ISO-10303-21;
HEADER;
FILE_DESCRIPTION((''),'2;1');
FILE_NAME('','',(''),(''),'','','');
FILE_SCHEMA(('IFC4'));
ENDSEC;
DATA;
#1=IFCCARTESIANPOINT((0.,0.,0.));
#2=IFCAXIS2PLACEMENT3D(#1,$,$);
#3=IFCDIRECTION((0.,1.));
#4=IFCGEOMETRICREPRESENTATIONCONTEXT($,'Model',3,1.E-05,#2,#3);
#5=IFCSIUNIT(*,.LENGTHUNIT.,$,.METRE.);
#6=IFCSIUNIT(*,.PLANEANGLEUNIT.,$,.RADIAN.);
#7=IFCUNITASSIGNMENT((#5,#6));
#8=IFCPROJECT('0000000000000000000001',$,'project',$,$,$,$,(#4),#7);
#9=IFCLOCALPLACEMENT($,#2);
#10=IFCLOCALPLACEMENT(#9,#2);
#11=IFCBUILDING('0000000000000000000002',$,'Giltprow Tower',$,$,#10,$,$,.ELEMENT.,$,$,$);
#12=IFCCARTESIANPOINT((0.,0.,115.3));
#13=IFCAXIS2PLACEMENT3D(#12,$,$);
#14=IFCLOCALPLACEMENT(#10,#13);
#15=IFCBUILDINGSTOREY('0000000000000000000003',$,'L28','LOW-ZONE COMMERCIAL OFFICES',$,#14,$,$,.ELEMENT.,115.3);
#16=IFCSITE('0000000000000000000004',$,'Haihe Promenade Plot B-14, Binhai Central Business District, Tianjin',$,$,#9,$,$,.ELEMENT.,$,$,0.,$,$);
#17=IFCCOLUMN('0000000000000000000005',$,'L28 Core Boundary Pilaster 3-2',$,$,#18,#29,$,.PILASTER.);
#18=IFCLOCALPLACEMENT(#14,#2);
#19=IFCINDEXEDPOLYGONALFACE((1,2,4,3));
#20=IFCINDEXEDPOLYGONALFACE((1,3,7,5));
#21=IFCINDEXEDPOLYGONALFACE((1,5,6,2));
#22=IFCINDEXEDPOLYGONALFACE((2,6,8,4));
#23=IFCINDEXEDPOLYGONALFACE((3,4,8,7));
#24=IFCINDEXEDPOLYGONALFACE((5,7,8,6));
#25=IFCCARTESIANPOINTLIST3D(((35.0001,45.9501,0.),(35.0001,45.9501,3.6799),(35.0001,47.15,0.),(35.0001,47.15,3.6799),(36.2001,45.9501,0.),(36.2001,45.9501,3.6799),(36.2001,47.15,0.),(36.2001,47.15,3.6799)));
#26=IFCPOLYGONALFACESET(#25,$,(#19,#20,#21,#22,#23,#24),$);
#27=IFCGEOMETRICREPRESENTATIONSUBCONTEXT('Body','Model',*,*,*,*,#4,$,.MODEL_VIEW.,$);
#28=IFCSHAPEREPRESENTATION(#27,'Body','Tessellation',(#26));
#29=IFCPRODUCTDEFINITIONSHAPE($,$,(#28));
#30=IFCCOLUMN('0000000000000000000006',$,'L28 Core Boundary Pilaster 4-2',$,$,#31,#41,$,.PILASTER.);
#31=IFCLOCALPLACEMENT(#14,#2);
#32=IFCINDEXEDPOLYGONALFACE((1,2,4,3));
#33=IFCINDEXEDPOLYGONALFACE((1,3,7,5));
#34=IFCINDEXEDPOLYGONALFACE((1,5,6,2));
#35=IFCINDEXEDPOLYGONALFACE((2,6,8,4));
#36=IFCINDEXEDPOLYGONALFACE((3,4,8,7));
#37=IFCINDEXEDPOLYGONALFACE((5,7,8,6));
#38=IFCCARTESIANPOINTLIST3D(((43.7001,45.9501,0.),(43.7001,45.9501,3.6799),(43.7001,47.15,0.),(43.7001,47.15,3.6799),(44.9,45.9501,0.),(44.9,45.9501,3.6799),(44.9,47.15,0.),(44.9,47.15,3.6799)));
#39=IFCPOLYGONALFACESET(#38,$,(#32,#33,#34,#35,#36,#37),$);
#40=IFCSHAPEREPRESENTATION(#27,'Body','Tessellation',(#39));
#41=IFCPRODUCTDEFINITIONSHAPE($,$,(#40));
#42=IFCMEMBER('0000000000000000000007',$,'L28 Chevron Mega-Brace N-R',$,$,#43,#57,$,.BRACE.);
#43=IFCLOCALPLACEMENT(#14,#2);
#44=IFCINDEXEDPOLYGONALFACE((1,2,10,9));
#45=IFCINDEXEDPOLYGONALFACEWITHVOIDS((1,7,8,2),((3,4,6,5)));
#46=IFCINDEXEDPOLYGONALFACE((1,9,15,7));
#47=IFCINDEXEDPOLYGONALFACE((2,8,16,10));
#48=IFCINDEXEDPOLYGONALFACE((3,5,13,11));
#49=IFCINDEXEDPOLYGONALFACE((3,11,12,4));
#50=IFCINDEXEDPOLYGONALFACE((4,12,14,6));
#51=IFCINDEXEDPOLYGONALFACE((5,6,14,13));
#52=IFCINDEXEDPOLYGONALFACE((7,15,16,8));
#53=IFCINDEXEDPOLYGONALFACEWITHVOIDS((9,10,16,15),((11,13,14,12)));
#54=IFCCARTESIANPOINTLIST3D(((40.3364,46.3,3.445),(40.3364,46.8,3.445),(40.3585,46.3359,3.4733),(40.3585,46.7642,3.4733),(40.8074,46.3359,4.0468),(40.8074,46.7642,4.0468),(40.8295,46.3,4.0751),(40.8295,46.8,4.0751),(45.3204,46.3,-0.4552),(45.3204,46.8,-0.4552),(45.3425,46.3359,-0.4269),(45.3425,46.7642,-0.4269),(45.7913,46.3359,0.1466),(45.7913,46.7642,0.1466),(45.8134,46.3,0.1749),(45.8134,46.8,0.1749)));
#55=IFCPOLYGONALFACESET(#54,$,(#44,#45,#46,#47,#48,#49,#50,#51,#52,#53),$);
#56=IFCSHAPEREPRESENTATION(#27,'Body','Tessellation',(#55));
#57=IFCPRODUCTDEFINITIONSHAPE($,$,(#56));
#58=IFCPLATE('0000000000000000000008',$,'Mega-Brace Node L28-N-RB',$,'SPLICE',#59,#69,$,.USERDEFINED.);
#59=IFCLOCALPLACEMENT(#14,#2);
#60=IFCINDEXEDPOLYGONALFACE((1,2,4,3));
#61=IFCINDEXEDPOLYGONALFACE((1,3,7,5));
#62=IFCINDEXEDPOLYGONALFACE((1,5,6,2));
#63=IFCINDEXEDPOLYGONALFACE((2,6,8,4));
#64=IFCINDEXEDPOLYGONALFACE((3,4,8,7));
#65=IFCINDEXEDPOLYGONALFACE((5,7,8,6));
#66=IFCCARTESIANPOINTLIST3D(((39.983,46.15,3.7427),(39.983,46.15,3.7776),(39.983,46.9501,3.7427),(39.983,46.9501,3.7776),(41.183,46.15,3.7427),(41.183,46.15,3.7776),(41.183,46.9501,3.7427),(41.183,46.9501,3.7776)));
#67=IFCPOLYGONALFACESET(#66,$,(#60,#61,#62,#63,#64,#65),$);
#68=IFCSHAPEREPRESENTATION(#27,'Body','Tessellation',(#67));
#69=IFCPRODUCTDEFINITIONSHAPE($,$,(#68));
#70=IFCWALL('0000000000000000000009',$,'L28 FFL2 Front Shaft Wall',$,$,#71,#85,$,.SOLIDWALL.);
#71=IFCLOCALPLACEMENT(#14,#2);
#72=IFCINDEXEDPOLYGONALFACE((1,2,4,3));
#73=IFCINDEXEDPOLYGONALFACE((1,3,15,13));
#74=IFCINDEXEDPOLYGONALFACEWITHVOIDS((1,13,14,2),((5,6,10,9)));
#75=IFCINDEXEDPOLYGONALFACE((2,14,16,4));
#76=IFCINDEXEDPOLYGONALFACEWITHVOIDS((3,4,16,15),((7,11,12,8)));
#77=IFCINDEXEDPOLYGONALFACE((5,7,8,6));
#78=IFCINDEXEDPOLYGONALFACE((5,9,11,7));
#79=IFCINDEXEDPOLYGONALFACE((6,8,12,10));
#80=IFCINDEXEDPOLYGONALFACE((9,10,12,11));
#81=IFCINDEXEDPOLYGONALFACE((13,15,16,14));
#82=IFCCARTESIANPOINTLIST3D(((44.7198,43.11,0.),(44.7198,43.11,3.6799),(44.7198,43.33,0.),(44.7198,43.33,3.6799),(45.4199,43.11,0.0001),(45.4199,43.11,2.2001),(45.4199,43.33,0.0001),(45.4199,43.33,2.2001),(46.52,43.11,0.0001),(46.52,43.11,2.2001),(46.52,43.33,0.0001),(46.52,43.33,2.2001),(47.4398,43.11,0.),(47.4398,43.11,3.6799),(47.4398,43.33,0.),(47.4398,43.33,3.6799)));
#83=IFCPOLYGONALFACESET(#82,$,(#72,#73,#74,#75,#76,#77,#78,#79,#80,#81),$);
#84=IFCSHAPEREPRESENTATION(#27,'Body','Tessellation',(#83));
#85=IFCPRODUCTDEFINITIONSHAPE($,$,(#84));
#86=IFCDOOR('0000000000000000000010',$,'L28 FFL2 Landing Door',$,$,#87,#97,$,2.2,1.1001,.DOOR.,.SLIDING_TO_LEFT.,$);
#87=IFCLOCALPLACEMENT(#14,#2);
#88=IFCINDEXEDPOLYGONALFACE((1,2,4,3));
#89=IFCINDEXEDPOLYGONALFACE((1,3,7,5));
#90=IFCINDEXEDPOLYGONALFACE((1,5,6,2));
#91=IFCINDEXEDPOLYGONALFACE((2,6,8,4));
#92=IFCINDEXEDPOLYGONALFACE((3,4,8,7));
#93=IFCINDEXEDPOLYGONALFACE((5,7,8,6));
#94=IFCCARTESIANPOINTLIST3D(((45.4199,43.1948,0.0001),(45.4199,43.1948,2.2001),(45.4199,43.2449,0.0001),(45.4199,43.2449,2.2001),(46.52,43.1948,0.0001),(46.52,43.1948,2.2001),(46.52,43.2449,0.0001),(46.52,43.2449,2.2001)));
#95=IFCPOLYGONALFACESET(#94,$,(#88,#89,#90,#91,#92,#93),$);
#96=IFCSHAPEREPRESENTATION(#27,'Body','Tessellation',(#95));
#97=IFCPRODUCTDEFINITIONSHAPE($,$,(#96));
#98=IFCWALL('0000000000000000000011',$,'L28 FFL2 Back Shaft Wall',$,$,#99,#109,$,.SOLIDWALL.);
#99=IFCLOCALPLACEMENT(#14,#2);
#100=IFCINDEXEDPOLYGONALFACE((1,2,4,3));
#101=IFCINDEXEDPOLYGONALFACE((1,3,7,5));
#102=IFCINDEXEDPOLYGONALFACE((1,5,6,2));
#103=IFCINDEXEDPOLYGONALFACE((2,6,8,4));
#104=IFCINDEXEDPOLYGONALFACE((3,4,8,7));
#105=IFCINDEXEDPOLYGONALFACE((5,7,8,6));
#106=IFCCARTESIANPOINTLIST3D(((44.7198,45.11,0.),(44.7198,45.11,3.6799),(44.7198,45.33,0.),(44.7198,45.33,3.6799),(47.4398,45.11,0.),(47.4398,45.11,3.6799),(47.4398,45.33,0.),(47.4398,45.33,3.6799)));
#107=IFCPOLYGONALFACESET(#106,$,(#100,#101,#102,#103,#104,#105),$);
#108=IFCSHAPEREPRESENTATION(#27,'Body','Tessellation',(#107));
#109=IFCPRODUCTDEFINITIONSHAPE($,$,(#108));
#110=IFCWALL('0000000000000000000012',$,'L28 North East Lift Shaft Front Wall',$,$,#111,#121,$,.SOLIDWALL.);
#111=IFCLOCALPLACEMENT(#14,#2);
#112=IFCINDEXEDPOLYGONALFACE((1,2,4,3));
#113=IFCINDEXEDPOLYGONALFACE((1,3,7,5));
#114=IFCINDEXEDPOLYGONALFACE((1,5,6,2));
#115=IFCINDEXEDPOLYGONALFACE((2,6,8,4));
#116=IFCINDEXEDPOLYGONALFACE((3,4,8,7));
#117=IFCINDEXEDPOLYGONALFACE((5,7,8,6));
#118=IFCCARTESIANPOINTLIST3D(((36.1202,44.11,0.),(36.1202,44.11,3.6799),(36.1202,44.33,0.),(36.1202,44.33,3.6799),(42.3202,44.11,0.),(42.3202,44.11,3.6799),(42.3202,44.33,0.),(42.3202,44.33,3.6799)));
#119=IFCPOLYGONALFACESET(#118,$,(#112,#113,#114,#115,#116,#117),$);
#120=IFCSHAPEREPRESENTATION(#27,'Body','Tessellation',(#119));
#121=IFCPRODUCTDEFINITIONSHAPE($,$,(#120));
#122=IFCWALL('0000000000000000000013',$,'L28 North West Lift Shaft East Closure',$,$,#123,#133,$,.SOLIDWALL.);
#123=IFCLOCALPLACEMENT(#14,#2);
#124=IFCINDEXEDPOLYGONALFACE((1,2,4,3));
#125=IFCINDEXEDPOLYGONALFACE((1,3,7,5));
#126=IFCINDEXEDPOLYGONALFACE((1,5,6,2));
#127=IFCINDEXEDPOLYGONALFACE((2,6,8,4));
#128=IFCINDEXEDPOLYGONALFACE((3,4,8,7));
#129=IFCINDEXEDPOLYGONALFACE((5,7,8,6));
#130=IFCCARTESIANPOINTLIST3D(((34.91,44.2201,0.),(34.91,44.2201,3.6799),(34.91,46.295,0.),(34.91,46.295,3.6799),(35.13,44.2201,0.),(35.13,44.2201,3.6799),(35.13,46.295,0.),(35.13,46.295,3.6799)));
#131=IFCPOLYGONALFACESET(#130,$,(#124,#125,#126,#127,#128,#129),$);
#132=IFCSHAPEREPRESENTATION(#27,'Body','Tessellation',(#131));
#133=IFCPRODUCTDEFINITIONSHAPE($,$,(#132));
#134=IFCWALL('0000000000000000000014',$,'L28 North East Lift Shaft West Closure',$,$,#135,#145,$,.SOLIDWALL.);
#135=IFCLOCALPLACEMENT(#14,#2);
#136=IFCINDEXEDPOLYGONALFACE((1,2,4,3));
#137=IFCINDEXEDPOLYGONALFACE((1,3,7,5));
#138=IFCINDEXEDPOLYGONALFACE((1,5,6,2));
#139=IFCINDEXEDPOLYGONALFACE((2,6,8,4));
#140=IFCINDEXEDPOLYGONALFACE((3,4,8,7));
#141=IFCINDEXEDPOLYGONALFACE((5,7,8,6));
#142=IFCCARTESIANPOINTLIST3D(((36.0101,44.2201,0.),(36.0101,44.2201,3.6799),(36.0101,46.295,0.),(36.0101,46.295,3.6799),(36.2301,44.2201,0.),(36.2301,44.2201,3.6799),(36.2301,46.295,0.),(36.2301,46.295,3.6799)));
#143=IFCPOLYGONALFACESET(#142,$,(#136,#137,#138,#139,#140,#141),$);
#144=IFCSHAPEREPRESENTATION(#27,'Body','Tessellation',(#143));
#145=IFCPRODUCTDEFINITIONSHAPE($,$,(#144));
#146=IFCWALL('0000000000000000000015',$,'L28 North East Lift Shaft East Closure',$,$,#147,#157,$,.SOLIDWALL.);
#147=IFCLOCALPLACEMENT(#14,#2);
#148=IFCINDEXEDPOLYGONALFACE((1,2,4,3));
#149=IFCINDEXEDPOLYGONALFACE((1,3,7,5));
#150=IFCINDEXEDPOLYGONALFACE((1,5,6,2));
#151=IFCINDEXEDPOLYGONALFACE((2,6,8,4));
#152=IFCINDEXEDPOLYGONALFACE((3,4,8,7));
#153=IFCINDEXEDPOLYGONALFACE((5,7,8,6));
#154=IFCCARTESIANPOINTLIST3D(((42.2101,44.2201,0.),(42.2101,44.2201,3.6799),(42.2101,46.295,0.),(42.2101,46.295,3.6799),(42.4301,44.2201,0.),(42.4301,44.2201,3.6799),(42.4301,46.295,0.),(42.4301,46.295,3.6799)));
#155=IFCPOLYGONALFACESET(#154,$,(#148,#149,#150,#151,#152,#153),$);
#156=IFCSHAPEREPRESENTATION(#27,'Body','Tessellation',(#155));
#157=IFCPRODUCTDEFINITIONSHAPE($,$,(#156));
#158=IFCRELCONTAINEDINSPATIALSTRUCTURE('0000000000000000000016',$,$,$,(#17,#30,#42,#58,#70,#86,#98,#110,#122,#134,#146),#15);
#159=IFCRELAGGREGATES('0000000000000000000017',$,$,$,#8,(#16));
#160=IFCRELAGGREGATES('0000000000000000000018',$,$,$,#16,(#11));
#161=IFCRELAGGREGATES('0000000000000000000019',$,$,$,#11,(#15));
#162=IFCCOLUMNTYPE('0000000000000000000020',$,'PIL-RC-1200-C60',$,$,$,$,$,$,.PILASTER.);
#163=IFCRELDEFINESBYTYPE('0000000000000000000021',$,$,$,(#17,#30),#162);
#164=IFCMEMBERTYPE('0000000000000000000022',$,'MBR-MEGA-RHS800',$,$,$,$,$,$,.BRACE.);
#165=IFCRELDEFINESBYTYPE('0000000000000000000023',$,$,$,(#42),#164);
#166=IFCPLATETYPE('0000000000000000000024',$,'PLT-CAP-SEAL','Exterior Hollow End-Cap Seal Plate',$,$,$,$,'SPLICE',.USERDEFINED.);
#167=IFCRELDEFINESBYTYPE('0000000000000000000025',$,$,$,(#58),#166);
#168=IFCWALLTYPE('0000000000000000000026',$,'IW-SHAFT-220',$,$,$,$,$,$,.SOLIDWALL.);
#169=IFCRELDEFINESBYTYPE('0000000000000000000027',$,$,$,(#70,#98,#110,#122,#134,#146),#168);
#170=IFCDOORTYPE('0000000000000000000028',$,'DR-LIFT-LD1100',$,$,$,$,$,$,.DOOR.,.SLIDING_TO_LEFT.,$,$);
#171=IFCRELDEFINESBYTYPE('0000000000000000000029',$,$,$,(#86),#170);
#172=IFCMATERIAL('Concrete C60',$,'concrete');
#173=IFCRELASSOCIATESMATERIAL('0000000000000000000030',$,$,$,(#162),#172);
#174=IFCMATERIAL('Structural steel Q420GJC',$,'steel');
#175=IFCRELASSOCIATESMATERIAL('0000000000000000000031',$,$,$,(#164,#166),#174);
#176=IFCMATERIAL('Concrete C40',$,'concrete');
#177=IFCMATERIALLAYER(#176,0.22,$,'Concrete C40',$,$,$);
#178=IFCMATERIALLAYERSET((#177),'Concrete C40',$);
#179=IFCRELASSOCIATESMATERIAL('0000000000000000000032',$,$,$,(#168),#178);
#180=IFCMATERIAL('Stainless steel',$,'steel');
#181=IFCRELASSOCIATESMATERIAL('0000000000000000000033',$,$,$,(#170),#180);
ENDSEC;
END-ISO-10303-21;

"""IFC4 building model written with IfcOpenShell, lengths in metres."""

from ifc_helpers import new_model, si_unit, direction, frame, frame_2d, origin, origin_2d, place, context, subcontext, project, spatial, rectangle, hollow_rectangle, extrude, source, transform, mapped, material, layer, layer_set, material_profile, profile_set, type_object, element, fill, save


model = new_model("IFC4")

# Units and contexts
model_context = context("Model", 3, precision=1e-05, world=origin(), true_north=direction((0.0, 1.0)))
body_context = subcontext(model_context, "Body", "Model", "MODEL_VIEW")
ifc_project = project(units=[si_unit("LENGTHUNIT", "METRE"), si_unit("PLANEANGLEUNIT", "RADIAN")], contexts=[model_context])

# Site, building, storey
site_placement = place(None, origin())
site = spatial("IfcSite", under=ifc_project, at=site_placement, Name="Haihe Promenade Plot B-14, Binhai Central Business District, Tianjin", CompositionType="ELEMENT", RefElevation=0.0)
building_placement = place(site_placement, origin())
building = spatial("IfcBuilding", under=site, at=building_placement, Name="Giltprow Tower", CompositionType="ELEMENT")
storey_placement = place(building_placement, frame((0.0, 0.0, 115.3)))
storey = spatial("IfcBuildingStorey", under=building, at=storey_placement, Name="L28", Description="LOW-ZONE COMMERCIAL OFFICES", CompositionType="ELEMENT", Elevation=115.3)

# Columns
ifc_material_1 = material(Name="Concrete C60", Category="concrete")
ifc_material_profile_1 = material_profile(ifc_material_1, rectangle(XDim=1.2, YDim=1.2, at=origin_2d()), Name="RC 1200x1200")
ifc_profile_set_1 = profile_set([ifc_material_profile_1], Name="Concrete C60")
column_type = type_object("IfcColumnType", Name="PIL-RC-1200-C60", PredefinedType="PILASTER", material=ifc_profile_set_1)
shared_shape_1 = source(origin(), body_context, "Body", "SweptSolid", [
    extrude(rectangle(XDim=1.2, YDim=1.2, at=origin_2d()), origin(), (0.0, 0.0, 1.0), 3.6799),
])
for number, where, z_axis, x_axis, name in (
    (1, (35.6001, 46.55, 0.0), (0.0, 0.0, 1.0), (1.0, 0.0, 0.0), "L28 Core Boundary Pilaster 3-2"),
    (2, (44.3, 46.55, 0.0), (0.0, 0.0, 1.0), (1.0, 0.0, 0.0), "L28 Core Boundary Pilaster 4-2"),
):
    element("IfcColumn", number, at=place(storey_placement, frame(where, z_axis=z_axis, x_axis=x_axis)), inside=storey, type_object=column_type, Name=name, PredefinedType="PILASTER", context=body_context, shape_type="MappedRepresentation", body=[
        mapped(shared_shape_1, transform((0.0, 0.0, 0.0), x_axis=(1.0, 0.0, 0.0), y_axis=(0.0, 1.0, 0.0), z_axis=(0.0, 0.0, 1.0), scale=1.0)),
    ])

# Member
ifc_material_2 = material(Name="Structural steel Q420GJC", Category="steel")
ifc_material_profile_2 = material_profile(ifc_material_2, hollow_rectangle(XDim=0.5, YDim=0.8, WallThickness=0.0359, at=origin_2d()), Name="RHS 800x500x36")
ifc_profile_set_2 = profile_set([ifc_material_profile_2], Name="Structural steel Q420GJC")
member_type = type_object("IfcMemberType", Name="MBR-MEGA-RHS800", PredefinedType="BRACE", material=ifc_profile_set_2)
shared_shape_2 = source(origin(), body_context, "Body", "SweptSolid", [
    extrude(hollow_rectangle(XDim=0.5, YDim=0.8, WallThickness=0.0359, at=origin_2d()), origin(), (0.0, 0.0, 1.0), 6.3286),
])
member_placement = place(storey_placement, frame((45.5669, 46.55, -0.1401), z_axis=(-0.787527, 0.0, 0.61628), x_axis=(0.0, -1.0, 0.0)))
element("IfcMember", 3, at=member_placement, inside=storey, type_object=member_type, Name="L28 Chevron Mega-Brace N-R", PredefinedType="BRACE", context=body_context, shape_type="MappedRepresentation", body=[
    mapped(shared_shape_2, transform((0.0, 0.0, 0.0), x_axis=(1.0, 0.0, 0.0), y_axis=(0.0, 1.0, 0.0), z_axis=(0.0, 0.0, 1.0), scale=1.0)),
])

# Plate
plate_type = type_object("IfcPlateType", Name="PLT-CAP-SEAL", Description="Exterior Hollow End-Cap Seal Plate", ElementType="SPLICE", PredefinedType="USERDEFINED", material=ifc_material_2)
shared_shape_3 = source(origin(), body_context, "Body", "SweptSolid", [
    extrude(rectangle(XDim=1.2, YDim=0.8, at=origin_2d()), origin(), (0.0, 0.0, 1.0), 0.0349),
])
plate_placement = place(storey_placement, frame((40.583, 46.55, 3.7427), z_axis=(0.0, 0.0, 1.0), x_axis=(1.0, 0.0, 0.0)))
element("IfcPlate", 4, at=plate_placement, inside=storey, type_object=plate_type, Name="Mega-Brace Node L28-N-RB", ObjectType="SPLICE", PredefinedType="USERDEFINED", context=body_context, shape_type="MappedRepresentation", body=[
    mapped(shared_shape_3, transform((0.0, 0.0, 0.0), x_axis=(1.0, 0.0, 0.0), y_axis=(0.0, 1.0, 0.0), z_axis=(0.0, 0.0, 1.0), scale=1.0)),
])

# Wall, opening, door
ifc_material_3 = material(Name="Concrete C40", Category="concrete")
ifc_layer_1 = layer(ifc_material_3, 0.22, Name="Concrete C40")
ifc_layer_set_1 = layer_set([ifc_layer_1], Name="Concrete C40")
wall_type_1 = type_object("IfcWallType", Name="IW-SHAFT-220", PredefinedType="SOLIDWALL", material=ifc_layer_set_1)
wall_1_placement = place(storey_placement, frame((44.72, 43.22, 0.0), z_axis=(0.0, 0.0, 1.0), x_axis=(1.0, 0.0, 0.0)))
wall_1 = element("IfcWall", 5, at=wall_1_placement, inside=storey, type_object=wall_type_1, Name="L28 FFL2 Front Shaft Wall", PredefinedType="SOLIDWALL", context=body_context, shape_type="SweptSolid", body=[
    extrude(rectangle(XDim=2.72, YDim=0.22, at=frame_2d((1.3599, 0.0))), origin(), (0.0, 0.0, 1.0), 3.6799),
])
opening_1_placement = place(wall_1_placement, frame((0.7, 0.0, 0.0)))
opening_1 = element("IfcOpeningElement", 6, at=opening_1_placement, cuts=wall_1, PredefinedType="OPENING", context=body_context, shape_type="SweptSolid", body=[
    extrude(rectangle(XDim=1.1001, YDim=2.2, at=frame_2d((0.55, 1.1001))), frame((0.0, 0.1199, 0.0), z_axis=(0.0, -1.0, 0.0), x_axis=(1.0, 0.0, 0.0)), (0.0, 0.0, 1.0), 0.24),
])
ifc_material_4 = material(Name="Stainless steel", Category="steel")
door_type = type_object("IfcDoorType", Name="DR-LIFT-LD1100", OperationType="SLIDING_TO_LEFT", PredefinedType="DOOR", material=ifc_material_4)
shared_shape_4 = source(origin(), body_context, "Body", "SweptSolid", [
    extrude(rectangle(XDim=1.1001, YDim=2.2, at=frame_2d((0.55, 1.1001))), frame((0.0, 0.0249, 0.0), z_axis=(0.0, -1.0, 0.0), x_axis=(1.0, 0.0, 0.0)), (0.0, 0.0, 1.0), 0.05),
])
door_1_placement = place(opening_1_placement, origin())
door_1 = element("IfcDoor", 7, at=door_1_placement, inside=storey, type_object=door_type, Name="L28 FFL2 Landing Door", OperationType="SLIDING_TO_LEFT", OverallHeight=2.2, OverallWidth=1.1001, PredefinedType="DOOR", context=body_context, shape_type="MappedRepresentation", body=[
    mapped(shared_shape_4, transform((0.0, 0.0, 0.0), x_axis=(1.0, 0.0, 0.0), y_axis=(0.0, 1.0, 0.0), z_axis=(0.0, 0.0, 1.0), scale=1.0)),
])
fill(opening_1, door_1)

# Walls
wall_2_placement = place(storey_placement, frame((44.72, 45.22, 0.0), z_axis=(0.0, 0.0, 1.0), x_axis=(1.0, 0.0, 0.0)))
element("IfcWall", 8, at=wall_2_placement, inside=storey, type_object=wall_type_1, Name="L28 FFL2 Back Shaft Wall", PredefinedType="SOLIDWALL", context=body_context, shape_type="SweptSolid", body=[
    extrude(rectangle(XDim=2.72, YDim=0.22, at=frame_2d((1.3599, 0.0))), origin(), (0.0, 0.0, 1.0), 3.6799),
])
wall_3_placement = place(storey_placement, frame((36.1201, 44.22, 0.0), z_axis=(0.0, 0.0, 1.0), x_axis=(1.0, 0.0, 0.0)))
element("IfcWall", 9, at=wall_3_placement, inside=storey, type_object=wall_type_1, Name="L28 North East Lift Shaft Front Wall", PredefinedType="SOLIDWALL", context=body_context, shape_type="SweptSolid", body=[
    extrude(rectangle(XDim=6.2, YDim=0.22, at=frame_2d((3.1001, 0.0))), origin(), (0.0, 0.0, 1.0), 3.6799),
])
for number, where, z_axis, x_axis, name in (
    (10, (35.02, 44.22, 0.0), (0.0, 0.0, 1.0), (0.0, 1.0, 0.0), "L28 North West Lift Shaft East Closure"),
    (11, (36.1201, 44.22, 0.0), (0.0, 0.0, 1.0), (0.0, 1.0, 0.0), "L28 North East Lift Shaft West Closure"),
    (12, (42.3201, 44.22, 0.0), (0.0, 0.0, 1.0), (0.0, 1.0, 0.0), "L28 North East Lift Shaft East Closure"),
):
    element("IfcWall", number, at=place(storey_placement, frame(where, z_axis=z_axis, x_axis=x_axis)), inside=storey, type_object=wall_type_1, Name=name, PredefinedType="SOLIDWALL", context=body_context, shape_type="SweptSolid", body=[
        extrude(rectangle(XDim=2.075, YDim=0.22, at=frame_2d((1.0376, 0.0))), origin(), (0.0, 0.0, 1.0), 3.6799),
    ])

save(model, "model.ifc")
